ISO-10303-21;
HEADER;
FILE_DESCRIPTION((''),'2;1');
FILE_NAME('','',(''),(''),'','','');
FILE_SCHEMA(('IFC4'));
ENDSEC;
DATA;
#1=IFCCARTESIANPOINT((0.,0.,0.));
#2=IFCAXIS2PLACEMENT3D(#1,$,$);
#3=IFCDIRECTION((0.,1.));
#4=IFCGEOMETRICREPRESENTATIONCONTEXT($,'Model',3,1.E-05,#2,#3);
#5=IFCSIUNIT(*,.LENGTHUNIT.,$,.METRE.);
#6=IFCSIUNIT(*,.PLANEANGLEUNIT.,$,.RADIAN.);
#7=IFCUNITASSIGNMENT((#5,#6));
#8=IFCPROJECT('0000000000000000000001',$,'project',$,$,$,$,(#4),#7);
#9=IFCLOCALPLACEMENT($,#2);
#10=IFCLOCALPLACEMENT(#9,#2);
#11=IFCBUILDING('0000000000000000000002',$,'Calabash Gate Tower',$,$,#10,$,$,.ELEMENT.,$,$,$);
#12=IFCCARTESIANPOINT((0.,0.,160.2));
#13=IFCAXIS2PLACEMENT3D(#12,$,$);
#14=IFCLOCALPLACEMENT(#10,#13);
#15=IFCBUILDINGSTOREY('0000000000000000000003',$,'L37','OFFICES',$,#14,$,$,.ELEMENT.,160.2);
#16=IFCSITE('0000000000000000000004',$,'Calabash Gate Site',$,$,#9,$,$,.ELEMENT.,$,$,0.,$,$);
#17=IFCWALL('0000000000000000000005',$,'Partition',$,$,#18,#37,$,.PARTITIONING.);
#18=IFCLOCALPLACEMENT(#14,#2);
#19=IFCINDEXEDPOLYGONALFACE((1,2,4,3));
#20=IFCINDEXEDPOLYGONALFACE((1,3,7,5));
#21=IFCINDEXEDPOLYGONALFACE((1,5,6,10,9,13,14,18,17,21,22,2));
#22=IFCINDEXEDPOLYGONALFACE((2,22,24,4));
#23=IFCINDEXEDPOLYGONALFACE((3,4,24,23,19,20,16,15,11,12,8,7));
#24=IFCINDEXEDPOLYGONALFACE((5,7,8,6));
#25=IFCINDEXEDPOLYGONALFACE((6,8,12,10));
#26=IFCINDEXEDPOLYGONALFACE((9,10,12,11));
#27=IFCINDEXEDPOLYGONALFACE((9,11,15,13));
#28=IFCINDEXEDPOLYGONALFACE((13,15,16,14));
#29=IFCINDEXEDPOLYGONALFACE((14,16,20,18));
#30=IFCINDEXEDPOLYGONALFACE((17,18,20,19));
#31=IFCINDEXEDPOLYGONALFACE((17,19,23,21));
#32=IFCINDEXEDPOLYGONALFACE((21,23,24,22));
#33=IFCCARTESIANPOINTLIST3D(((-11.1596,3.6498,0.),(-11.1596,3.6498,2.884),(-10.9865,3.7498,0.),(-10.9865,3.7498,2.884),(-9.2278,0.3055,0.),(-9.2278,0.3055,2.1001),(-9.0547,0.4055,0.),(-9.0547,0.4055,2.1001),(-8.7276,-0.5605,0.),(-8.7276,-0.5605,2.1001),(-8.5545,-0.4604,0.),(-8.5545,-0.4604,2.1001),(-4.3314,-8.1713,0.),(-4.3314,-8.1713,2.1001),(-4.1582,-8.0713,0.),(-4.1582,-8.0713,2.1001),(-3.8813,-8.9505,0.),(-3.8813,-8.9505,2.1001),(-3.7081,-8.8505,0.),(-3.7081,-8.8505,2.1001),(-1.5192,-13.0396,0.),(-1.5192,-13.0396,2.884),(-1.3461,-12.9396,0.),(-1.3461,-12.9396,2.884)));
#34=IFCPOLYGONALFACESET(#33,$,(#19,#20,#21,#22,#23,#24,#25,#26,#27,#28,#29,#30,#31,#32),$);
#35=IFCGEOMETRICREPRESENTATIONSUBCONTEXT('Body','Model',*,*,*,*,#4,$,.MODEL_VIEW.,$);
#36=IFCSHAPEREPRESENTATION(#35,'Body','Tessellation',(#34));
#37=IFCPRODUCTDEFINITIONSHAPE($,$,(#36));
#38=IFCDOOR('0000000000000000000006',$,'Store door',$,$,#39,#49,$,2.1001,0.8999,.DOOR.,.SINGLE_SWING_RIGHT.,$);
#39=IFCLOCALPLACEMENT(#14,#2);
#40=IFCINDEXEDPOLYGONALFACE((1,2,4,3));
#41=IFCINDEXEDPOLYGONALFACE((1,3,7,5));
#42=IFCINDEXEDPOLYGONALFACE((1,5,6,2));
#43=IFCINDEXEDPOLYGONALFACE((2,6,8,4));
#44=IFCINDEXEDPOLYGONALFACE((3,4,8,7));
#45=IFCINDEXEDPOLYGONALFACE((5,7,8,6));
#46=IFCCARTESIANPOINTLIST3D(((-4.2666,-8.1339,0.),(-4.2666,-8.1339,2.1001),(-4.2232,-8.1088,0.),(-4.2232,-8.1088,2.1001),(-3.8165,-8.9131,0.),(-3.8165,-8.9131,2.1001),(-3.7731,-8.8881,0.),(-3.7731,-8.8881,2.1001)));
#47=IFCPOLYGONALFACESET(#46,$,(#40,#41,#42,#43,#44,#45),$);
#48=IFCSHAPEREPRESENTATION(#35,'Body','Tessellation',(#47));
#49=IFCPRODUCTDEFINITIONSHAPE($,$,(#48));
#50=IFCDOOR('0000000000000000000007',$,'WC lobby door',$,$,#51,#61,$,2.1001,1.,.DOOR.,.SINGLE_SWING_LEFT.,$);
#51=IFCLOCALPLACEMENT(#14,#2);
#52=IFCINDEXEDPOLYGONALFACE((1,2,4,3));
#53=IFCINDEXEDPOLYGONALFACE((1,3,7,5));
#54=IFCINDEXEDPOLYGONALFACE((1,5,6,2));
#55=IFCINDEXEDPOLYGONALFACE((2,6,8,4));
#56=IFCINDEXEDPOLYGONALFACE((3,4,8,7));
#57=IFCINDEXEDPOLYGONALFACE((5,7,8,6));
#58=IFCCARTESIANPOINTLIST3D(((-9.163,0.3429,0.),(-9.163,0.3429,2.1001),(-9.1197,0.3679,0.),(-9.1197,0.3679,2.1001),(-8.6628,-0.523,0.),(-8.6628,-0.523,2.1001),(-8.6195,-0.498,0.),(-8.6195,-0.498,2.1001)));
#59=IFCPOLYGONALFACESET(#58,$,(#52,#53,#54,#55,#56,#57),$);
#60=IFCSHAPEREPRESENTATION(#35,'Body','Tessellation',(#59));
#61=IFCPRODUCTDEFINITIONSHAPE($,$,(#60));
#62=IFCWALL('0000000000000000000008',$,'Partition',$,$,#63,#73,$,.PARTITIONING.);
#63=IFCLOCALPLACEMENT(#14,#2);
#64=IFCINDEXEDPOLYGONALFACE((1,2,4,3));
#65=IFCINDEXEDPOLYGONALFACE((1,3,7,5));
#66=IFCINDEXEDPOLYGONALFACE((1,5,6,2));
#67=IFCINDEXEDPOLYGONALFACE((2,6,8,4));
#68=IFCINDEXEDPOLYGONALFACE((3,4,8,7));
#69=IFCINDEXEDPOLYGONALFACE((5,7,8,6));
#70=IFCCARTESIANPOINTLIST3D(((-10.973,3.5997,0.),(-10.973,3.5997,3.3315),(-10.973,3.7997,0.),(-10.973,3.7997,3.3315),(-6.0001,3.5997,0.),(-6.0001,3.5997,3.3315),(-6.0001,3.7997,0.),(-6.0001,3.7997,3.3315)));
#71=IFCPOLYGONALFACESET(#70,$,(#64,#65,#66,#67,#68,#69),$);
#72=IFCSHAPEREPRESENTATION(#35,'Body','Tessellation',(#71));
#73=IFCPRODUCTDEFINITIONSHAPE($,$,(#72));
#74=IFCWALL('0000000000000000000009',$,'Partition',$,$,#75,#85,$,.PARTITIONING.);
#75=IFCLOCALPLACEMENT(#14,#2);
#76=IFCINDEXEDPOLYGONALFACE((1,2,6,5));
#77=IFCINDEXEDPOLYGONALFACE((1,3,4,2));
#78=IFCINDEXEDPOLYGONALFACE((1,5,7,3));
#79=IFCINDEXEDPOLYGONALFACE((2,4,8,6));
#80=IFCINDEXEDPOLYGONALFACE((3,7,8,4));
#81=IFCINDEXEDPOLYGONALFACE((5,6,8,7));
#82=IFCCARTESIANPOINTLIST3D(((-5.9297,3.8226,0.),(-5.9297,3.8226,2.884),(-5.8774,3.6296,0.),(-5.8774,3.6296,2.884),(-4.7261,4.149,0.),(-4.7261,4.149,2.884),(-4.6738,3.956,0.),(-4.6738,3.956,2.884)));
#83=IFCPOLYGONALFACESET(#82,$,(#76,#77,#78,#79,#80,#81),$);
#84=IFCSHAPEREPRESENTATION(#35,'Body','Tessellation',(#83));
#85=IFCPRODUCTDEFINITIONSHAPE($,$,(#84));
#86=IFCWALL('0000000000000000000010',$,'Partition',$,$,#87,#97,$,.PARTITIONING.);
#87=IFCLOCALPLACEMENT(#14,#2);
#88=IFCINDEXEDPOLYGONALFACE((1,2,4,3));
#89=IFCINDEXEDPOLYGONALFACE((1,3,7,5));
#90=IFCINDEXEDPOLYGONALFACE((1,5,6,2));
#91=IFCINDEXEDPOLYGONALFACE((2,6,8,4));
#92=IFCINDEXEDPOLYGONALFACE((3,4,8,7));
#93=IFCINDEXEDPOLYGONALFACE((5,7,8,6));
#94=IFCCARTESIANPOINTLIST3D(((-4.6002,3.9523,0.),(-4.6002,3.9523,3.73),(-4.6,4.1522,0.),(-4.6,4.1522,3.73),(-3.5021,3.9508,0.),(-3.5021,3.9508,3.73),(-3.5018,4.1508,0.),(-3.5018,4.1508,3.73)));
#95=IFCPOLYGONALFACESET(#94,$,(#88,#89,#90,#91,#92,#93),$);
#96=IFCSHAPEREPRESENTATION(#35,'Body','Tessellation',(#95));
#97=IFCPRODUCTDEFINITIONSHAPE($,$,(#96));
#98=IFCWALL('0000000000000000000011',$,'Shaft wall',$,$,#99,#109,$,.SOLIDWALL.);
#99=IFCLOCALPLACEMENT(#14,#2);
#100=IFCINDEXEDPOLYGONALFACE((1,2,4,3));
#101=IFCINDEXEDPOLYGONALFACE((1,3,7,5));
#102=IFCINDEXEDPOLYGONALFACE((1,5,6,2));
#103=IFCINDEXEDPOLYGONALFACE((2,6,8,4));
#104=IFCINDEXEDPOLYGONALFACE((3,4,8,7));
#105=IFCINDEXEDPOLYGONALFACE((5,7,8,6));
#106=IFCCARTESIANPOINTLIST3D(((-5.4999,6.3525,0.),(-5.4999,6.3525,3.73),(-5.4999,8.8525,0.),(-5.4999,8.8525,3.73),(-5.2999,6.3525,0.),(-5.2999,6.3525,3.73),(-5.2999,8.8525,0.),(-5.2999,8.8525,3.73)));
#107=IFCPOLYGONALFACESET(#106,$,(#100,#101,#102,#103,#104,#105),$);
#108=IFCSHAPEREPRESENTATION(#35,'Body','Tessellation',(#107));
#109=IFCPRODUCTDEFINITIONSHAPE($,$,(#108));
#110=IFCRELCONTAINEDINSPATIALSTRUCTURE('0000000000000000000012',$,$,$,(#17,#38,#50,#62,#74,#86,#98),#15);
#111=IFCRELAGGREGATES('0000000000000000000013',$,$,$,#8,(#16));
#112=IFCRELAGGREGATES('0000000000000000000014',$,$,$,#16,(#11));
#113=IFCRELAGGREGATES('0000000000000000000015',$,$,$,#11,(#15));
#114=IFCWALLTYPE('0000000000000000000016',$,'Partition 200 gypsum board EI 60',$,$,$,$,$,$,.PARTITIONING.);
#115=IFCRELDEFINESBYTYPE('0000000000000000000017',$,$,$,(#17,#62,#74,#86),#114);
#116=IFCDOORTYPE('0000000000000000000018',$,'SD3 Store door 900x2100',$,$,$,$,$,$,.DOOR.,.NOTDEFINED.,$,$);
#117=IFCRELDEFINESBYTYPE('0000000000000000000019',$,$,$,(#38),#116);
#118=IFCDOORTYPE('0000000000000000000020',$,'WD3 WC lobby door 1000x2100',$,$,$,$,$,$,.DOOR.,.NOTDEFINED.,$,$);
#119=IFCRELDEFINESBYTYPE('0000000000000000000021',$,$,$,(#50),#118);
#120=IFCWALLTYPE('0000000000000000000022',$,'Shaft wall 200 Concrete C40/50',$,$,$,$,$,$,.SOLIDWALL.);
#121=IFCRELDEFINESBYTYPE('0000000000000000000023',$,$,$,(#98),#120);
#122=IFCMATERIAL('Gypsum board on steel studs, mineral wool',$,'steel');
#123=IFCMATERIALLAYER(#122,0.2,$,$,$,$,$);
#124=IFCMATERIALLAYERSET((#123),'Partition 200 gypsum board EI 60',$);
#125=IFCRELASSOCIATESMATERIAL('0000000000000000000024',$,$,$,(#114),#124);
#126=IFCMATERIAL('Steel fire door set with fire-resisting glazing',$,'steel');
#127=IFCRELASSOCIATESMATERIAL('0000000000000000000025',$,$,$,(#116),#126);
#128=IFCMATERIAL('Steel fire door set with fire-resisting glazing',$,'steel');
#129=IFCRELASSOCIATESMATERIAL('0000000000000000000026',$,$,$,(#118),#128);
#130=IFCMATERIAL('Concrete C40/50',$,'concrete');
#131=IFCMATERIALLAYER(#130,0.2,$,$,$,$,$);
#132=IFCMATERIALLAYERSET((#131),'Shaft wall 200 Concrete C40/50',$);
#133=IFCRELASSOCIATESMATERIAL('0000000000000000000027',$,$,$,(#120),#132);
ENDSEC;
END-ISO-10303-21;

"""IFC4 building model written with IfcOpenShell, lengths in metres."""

from ifc_helpers import new_model, si_unit, direction, frame, frame_2d, origin, place, context, subcontext, project, spatial, rectangle, extrude, material, layer, layer_set, type_object, element, fill, save


model = new_model("IFC4")

# Units and contexts
model_context = context("Model", 3, precision=1e-05, world=origin(), true_north=direction((0.0, 1.0)))
body_context = subcontext(model_context, "Body", "Model", "MODEL_VIEW")
ifc_project = project(units=[si_unit("LENGTHUNIT", "METRE"), si_unit("PLANEANGLEUNIT", "RADIAN")], contexts=[model_context])

# Site, building, storey
site_placement = place(None, origin())
site = spatial("IfcSite", under=ifc_project, at=site_placement, Name="Calabash Gate Site", CompositionType="ELEMENT", RefElevation=0.0)
building_placement = place(site_placement, origin())
building = spatial("IfcBuilding", under=site, at=building_placement, Name="Calabash Gate Tower", CompositionType="ELEMENT")
storey_placement = place(building_placement, frame((0.0, 0.0, 160.2)))
storey = spatial("IfcBuildingStorey", under=building, at=storey_placement, Name="L37", Description="OFFICES", CompositionType="ELEMENT", Elevation=160.2)

# Shared definitions
ifc_material_1 = material(Name="Gypsum board on steel studs, mineral wool", Category="steel")
ifc_layer_1 = layer(ifc_material_1, 0.2)
ifc_layer_set_1 = layer_set([ifc_layer_1], Name="Partition 200 gypsum board EI 60")
wall_type_1 = type_object("IfcWallType", Name="Partition 200 gypsum board EI 60", PredefinedType="PARTITIONING", material=ifc_layer_set_1)

# Wall, openings, doors
wall_1_placement = place(storey_placement, frame((-11.073, 3.6997, 0.0), z_axis=(0.0, 0.0, 1.0), x_axis=(0.500184, -0.865919, 0.0)))
wall_1 = element("IfcWall", 1, at=wall_1_placement, inside=storey, type_object=wall_type_1, Name="Partition", PredefinedType="PARTITIONING", context=body_context, shape_type="SweptSolid", body=[
    extrude(rectangle(XDim=19.2737, YDim=0.2, at=frame_2d((9.6367, 0.0))), origin(), (0.0, 0.0, 1.0), 2.884),
])
opening_1_placement = place(wall_1_placement, frame((13.6514, 0.0, 0.0)))
opening_1 = element("IfcOpeningElement", 2, at=opening_1_placement, cuts=wall_1, PredefinedType="OPENING", context=body_context, shape_type="SweptSolid", body=[
    extrude(rectangle(XDim=0.8999, YDim=2.1001, at=frame_2d((0.45, 1.05))), frame((0.0, 0.1099, 0.0), z_axis=(0.0, -1.0, 0.0), x_axis=(1.0, 0.0, 0.0)), (0.0, 0.0, 1.0), 0.22),
])
opening_2_placement = place(wall_1_placement, frame((3.8621, 0.0, 0.0)))
opening_2 = element("IfcOpeningElement", 3, at=opening_2_placement, cuts=wall_1, PredefinedType="OPENING", context=body_context, shape_type="SweptSolid", body=[
    extrude(rectangle(XDim=1.0, YDim=2.1001, at=frame_2d((0.5, 1.05))), frame((0.0, 0.1099, 0.0), z_axis=(0.0, -1.0, 0.0), x_axis=(1.0, 0.0, 0.0)), (0.0, 0.0, 1.0), 0.22),
])
ifc_material_2 = material(Name="Steel fire door set with fire-resisting glazing", Category="steel")
door_type_1 = type_object("IfcDoorType", Name="SD3 Store door 900x2100", OperationType="NOTDEFINED", PredefinedType="DOOR", material=ifc_material_2)
door_1_placement = place(opening_1_placement, origin())
door_1 = element("IfcDoor", 4, at=door_1_placement, inside=storey, type_object=door_type_1, Name="Store door", OperationType="SINGLE_SWING_RIGHT", OverallHeight=2.1001, OverallWidth=0.8999, PredefinedType="DOOR", context=body_context, shape_type="SweptSolid", body=[
    extrude(rectangle(XDim=0.8999, YDim=2.1001, at=frame_2d((0.45, 1.05))), frame((0.0, 0.0249, 0.0), z_axis=(0.0, -1.0, 0.0), x_axis=(1.0, 0.0, 0.0)), (0.0, 0.0, 1.0), 0.05),
])
fill(opening_1, door_1)
ifc_material_3 = material(Name="Steel fire door set with fire-resisting glazing", Category="steel")
door_type_2 = type_object("IfcDoorType", Name="WD3 WC lobby door 1000x2100", OperationType="NOTDEFINED", PredefinedType="DOOR", material=ifc_material_3)
door_2_placement = place(opening_2_placement, origin())
door_2 = element("IfcDoor", 5, at=door_2_placement, inside=storey, type_object=door_type_2, Name="WC lobby door", OperationType="SINGLE_SWING_LEFT", OverallHeight=2.1001, OverallWidth=1.0, PredefinedType="DOOR", context=body_context, shape_type="SweptSolid", body=[
    extrude(rectangle(XDim=1.0, YDim=2.1001, at=frame_2d((0.5, 1.05))), frame((0.0, 0.0249, 0.0), z_axis=(0.0, -1.0, 0.0), x_axis=(1.0, 0.0, 0.0)), (0.0, 0.0, 1.0), 0.05),
])
fill(opening_2, door_2)

# Walls
wall_2_placement = place(storey_placement, frame((-10.9729, 3.6997, 0.0), z_axis=(0.0, 0.0, 1.0), x_axis=(1.0, 0.0, 0.0)))
element("IfcWall", 6, at=wall_2_placement, inside=storey, type_object=wall_type_1, Name="Partition", PredefinedType="PARTITIONING", context=body_context, shape_type="SweptSolid", body=[
    extrude(rectangle(XDim=4.9729, YDim=0.2, at=frame_2d((2.4863, 0.0))), origin(), (0.0, 0.0, 1.0), 3.3315),
])
wall_3_placement = place(storey_placement, frame((-5.9036, 3.7261, 0.0), z_axis=(0.0, 0.0, 1.0), x_axis=(0.965138, 0.261742, 0.0)))
element("IfcWall", 7, at=wall_3_placement, inside=storey, type_object=wall_type_1, Name="Partition", PredefinedType="PARTITIONING", context=body_context, shape_type="SweptSolid", body=[
    extrude(rectangle(XDim=1.2471, YDim=0.2, at=frame_2d((0.6235, 0.0))), origin(), (0.0, 0.0, 1.0), 2.884),
])
wall_4_placement = place(storey_placement, frame((-4.6001, 4.0522, 0.0), z_axis=(0.0, 0.0, 1.0), x_axis=(0.999999, -0.001334, 0.0)))
element("IfcWall", 8, at=wall_4_placement, inside=storey, type_object=wall_type_1, Name="Partition", PredefinedType="PARTITIONING", context=body_context, shape_type="SweptSolid", body=[
    extrude(rectangle(XDim=1.0981, YDim=0.2, at=frame_2d((0.5491, 0.0))), origin(), (0.0, 0.0, 1.0), 3.73),
])
ifc_material_4 = material(Name="Concrete C40/50", Category="concrete")
ifc_layer_2 = layer(ifc_material_4, 0.2)
ifc_layer_set_2 = layer_set([ifc_layer_2], Name="Shaft wall 200 Concrete C40/50")
wall_type_2 = type_object("IfcWallType", Name="Shaft wall 200 Concrete C40/50", PredefinedType="SOLIDWALL", material=ifc_layer_set_2)
wall_5_placement = place(storey_placement, frame((-5.3999, 6.3525, 0.0), z_axis=(0.0, 0.0, 1.0), x_axis=(0.0, 1.0, 0.0)))
element("IfcWall", 9, at=wall_5_placement, inside=storey, type_object=wall_type_2, Name="Shaft wall", PredefinedType="SOLIDWALL", context=body_context, shape_type="SweptSolid", body=[
    extrude(rectangle(XDim=2.5, YDim=0.2, at=frame_2d((1.25, 0.0))), origin(), (0.0, 0.0, 1.0), 3.73),
])

save(model, "model.ifc")
